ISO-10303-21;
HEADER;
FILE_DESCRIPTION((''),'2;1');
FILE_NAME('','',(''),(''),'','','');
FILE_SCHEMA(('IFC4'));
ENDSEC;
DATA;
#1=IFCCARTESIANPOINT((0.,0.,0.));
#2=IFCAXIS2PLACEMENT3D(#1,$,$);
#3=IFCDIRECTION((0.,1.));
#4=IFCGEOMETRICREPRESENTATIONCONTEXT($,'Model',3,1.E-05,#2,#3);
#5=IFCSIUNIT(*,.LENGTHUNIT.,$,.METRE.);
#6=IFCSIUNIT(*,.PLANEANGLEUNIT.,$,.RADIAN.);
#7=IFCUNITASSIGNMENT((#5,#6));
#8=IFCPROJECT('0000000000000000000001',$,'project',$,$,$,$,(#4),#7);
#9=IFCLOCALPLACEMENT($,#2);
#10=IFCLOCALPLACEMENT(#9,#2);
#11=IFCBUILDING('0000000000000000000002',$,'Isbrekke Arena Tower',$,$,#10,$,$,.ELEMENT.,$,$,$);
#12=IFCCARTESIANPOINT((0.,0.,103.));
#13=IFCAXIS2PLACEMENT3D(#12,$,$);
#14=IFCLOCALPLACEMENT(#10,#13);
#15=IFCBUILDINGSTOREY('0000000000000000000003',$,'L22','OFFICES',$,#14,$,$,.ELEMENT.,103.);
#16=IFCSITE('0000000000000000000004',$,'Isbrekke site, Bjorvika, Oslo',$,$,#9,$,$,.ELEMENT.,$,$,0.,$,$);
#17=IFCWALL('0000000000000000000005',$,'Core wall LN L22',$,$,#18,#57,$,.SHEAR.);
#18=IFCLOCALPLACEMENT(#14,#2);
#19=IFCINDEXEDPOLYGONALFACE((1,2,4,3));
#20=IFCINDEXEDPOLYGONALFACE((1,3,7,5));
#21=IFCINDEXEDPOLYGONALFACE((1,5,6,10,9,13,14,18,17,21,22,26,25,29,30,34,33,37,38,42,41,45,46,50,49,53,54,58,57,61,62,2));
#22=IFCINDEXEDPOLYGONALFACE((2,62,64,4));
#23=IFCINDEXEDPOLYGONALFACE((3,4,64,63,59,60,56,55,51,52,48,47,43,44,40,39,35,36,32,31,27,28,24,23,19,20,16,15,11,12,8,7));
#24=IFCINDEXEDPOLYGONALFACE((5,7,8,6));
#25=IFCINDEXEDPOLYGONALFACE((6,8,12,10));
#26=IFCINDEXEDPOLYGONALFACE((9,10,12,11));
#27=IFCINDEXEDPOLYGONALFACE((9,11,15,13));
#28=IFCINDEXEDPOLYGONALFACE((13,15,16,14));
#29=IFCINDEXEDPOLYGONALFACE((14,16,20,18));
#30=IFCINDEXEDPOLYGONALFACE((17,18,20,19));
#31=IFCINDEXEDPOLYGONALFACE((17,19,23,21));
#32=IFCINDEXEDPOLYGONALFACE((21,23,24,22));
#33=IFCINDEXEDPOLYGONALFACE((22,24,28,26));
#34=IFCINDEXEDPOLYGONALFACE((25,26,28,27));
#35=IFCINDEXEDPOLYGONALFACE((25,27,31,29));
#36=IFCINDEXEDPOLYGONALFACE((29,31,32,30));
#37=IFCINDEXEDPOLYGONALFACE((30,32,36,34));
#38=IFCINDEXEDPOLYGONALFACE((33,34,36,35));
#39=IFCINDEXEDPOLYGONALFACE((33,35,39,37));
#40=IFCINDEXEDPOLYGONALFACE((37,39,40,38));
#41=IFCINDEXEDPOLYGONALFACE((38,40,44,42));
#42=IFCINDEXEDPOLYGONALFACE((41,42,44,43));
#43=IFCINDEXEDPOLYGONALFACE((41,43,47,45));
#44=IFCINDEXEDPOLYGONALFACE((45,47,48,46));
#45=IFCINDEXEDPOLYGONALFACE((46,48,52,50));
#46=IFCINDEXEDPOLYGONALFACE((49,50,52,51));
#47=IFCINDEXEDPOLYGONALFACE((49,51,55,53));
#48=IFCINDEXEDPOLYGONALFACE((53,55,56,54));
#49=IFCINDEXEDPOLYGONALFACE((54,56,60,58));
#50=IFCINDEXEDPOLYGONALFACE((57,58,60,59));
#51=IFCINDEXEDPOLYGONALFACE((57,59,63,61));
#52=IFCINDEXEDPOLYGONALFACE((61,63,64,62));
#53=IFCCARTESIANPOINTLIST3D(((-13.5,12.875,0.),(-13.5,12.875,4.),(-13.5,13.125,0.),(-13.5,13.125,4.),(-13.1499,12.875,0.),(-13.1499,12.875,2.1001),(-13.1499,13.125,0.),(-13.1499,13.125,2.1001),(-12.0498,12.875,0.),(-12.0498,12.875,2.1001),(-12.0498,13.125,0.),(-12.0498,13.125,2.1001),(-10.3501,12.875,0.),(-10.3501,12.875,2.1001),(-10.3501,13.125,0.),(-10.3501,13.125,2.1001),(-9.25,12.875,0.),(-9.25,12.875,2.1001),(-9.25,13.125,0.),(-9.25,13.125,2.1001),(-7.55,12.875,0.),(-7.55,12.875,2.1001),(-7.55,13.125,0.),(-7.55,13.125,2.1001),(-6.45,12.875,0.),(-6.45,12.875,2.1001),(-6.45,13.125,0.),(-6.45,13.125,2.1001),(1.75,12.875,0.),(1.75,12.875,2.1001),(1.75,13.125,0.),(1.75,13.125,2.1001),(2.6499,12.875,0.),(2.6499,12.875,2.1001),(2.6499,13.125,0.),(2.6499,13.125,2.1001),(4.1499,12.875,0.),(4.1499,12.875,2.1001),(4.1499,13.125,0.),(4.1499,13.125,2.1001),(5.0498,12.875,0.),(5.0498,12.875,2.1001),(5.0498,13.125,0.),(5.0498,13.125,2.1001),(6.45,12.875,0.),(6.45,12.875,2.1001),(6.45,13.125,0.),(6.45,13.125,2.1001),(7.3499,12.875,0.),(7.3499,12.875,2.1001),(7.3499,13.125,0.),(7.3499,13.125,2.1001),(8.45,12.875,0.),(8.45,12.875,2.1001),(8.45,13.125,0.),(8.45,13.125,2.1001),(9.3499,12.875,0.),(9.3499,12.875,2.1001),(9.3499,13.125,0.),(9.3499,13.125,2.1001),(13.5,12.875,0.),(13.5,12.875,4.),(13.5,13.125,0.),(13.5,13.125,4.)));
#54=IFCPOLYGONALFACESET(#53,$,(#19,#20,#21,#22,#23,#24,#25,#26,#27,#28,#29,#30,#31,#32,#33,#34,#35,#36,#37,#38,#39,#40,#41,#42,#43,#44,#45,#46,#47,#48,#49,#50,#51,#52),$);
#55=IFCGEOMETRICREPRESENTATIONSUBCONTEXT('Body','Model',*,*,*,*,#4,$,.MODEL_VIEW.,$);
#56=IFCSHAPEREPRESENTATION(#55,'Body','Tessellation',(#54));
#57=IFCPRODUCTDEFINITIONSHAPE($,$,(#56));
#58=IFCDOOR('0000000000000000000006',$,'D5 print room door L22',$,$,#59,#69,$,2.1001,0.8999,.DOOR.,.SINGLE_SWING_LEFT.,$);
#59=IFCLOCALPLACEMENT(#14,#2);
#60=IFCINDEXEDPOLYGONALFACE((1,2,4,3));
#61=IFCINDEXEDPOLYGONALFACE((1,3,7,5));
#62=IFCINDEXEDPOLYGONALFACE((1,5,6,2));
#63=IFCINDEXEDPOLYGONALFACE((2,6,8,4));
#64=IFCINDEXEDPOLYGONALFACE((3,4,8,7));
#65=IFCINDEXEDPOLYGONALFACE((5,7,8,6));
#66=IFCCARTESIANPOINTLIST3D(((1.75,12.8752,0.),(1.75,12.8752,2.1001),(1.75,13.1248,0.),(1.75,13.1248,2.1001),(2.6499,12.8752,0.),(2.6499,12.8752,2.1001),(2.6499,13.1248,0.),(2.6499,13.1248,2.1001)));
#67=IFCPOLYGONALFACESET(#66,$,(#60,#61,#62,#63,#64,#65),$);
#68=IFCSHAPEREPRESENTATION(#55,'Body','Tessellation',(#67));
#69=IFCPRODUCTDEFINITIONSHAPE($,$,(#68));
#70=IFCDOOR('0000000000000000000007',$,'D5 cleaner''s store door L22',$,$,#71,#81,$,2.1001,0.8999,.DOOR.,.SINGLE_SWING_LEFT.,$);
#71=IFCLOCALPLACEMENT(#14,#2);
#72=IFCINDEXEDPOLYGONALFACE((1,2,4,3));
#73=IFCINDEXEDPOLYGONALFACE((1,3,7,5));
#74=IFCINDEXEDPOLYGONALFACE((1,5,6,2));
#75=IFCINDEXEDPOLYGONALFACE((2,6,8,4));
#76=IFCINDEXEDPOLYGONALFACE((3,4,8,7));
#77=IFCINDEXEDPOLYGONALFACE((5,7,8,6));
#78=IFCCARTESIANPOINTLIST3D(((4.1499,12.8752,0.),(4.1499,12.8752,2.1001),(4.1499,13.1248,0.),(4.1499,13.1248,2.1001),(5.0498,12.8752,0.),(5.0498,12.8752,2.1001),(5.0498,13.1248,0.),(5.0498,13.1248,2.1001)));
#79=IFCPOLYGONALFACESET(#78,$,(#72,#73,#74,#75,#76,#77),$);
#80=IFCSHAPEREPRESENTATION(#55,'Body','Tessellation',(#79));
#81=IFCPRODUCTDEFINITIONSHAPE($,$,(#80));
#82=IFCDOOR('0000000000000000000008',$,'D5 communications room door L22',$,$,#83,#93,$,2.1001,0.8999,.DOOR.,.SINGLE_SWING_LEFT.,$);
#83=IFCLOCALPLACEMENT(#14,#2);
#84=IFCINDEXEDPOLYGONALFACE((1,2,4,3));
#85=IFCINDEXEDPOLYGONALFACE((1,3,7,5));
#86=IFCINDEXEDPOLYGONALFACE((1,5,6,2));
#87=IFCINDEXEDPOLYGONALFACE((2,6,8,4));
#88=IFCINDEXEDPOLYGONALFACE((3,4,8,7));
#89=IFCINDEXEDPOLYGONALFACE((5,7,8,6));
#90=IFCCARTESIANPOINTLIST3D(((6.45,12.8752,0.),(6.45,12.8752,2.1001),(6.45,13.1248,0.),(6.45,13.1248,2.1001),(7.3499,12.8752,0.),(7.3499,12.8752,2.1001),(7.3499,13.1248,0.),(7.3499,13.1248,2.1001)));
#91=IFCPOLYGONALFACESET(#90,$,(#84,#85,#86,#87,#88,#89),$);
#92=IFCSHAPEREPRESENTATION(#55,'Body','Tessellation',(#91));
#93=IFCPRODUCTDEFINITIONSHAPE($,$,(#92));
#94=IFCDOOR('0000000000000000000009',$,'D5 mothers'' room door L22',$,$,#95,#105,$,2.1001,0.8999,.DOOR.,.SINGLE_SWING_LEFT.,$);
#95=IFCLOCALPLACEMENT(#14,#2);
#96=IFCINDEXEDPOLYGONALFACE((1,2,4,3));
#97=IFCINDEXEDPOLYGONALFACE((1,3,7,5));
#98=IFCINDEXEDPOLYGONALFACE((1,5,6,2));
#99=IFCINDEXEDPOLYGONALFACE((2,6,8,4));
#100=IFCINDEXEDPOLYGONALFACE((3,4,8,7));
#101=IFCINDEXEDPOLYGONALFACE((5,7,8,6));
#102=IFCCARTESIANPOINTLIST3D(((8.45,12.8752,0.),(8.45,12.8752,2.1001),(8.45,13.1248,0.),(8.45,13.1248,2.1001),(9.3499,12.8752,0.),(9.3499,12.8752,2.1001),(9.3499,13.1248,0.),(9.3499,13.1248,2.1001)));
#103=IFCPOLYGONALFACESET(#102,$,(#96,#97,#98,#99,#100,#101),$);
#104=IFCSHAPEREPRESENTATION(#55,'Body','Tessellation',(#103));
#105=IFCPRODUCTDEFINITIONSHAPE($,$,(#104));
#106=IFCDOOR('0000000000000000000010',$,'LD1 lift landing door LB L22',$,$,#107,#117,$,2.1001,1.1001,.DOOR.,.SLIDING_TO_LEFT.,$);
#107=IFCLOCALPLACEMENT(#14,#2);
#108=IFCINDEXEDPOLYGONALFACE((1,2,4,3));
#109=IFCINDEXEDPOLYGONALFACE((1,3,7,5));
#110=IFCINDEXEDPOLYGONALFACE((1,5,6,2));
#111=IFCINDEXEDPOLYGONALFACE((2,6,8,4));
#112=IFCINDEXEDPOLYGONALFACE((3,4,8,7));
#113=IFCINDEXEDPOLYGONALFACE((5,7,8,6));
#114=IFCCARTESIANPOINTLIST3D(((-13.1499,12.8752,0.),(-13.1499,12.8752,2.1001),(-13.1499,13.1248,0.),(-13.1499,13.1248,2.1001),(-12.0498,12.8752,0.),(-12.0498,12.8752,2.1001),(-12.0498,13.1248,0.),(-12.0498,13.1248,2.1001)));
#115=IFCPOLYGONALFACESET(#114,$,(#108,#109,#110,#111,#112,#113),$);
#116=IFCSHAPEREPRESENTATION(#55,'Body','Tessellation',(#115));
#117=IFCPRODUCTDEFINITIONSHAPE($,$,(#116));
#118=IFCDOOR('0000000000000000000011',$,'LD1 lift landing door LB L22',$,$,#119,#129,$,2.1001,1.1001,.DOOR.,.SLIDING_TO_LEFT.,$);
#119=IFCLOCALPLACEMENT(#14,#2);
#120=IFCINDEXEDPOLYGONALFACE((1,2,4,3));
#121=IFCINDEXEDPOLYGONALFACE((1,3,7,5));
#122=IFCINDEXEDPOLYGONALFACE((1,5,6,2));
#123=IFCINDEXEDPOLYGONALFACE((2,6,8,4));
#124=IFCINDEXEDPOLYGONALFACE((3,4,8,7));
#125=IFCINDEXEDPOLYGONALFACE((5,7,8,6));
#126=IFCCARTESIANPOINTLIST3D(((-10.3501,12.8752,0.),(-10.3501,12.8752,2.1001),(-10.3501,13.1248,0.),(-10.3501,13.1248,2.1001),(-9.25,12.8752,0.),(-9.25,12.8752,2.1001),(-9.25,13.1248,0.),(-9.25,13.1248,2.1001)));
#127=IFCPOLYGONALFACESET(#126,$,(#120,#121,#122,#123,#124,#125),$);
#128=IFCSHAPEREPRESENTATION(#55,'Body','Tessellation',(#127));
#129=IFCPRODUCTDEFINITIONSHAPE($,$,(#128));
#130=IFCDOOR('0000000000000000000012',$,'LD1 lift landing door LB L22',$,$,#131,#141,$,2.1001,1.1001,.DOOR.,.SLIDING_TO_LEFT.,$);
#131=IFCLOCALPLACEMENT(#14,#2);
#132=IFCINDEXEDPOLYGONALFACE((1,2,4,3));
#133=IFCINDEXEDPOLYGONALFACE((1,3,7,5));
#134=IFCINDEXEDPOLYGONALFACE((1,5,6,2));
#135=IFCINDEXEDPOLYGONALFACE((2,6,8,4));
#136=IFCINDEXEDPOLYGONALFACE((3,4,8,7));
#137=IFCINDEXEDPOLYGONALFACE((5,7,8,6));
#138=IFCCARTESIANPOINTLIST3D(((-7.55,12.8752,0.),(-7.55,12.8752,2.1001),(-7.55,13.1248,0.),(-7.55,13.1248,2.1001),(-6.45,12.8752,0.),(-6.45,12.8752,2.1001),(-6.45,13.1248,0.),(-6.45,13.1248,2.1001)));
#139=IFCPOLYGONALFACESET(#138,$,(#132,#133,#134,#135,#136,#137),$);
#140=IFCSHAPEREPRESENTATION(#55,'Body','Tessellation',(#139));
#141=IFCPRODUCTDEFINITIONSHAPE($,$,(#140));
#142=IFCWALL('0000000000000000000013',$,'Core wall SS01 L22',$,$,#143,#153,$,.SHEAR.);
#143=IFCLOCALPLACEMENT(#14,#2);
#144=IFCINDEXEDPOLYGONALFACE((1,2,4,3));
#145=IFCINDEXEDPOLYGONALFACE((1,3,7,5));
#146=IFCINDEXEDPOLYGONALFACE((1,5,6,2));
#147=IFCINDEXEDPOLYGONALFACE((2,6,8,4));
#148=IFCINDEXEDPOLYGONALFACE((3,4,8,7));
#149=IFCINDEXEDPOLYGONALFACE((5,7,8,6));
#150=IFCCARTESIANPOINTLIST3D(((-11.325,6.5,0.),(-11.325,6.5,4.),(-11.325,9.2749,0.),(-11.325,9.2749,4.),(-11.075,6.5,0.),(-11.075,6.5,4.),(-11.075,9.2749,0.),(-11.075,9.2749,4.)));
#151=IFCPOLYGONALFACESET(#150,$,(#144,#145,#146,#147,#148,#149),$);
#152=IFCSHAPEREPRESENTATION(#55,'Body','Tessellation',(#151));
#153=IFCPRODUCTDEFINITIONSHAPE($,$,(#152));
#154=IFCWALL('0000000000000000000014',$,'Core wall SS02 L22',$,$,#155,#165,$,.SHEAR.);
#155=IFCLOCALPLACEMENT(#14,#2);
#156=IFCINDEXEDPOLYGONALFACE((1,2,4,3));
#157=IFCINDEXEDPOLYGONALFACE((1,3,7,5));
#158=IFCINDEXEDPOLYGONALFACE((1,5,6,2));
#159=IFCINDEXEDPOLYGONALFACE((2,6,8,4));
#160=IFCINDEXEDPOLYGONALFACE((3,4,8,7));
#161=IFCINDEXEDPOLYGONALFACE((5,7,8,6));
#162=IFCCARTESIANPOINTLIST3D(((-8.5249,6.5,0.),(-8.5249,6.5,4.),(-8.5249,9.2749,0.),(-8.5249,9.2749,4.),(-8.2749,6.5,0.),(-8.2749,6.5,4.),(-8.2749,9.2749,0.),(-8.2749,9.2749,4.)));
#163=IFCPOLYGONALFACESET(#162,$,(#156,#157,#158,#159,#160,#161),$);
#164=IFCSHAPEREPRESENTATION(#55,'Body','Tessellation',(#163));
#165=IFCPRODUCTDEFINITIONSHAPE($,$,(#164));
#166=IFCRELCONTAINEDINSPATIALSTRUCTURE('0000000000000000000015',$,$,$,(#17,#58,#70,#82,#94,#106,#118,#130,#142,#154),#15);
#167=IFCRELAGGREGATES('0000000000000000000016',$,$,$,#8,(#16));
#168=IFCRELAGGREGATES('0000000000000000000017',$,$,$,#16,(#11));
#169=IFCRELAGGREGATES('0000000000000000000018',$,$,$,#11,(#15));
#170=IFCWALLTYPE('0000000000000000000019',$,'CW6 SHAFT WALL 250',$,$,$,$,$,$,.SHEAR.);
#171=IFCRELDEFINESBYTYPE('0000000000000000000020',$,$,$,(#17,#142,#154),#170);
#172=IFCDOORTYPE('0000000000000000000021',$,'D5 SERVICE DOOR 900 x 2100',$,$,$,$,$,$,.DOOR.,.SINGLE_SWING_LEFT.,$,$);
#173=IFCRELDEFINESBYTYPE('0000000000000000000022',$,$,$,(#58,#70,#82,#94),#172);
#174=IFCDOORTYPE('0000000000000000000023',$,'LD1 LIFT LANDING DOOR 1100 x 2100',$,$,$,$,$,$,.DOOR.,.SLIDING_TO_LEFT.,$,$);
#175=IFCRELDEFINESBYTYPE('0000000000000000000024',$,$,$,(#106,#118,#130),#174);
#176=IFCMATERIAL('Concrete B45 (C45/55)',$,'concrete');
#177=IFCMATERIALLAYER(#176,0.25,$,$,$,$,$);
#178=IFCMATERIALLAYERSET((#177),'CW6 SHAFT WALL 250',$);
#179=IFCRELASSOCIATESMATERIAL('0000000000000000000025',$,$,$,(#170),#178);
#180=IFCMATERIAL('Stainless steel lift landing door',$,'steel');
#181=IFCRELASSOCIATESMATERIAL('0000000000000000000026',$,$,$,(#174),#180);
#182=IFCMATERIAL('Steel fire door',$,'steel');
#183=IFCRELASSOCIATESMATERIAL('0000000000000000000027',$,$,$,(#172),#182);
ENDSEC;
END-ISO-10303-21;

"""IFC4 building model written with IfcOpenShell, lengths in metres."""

from ifc_helpers import new_model, si_unit, direction, frame, frame_2d, origin, place, context, subcontext, project, spatial, rectangle, extrude, material, layer, layer_set, type_object, element, fill, save


model = new_model("IFC4")

# Units and contexts
model_context = context("Model", 3, precision=1e-05, world=origin(), true_north=direction((0.0, 1.0)))
body_context = subcontext(model_context, "Body", "Model", "MODEL_VIEW")
ifc_project = project(units=[si_unit("LENGTHUNIT", "METRE"), si_unit("PLANEANGLEUNIT", "RADIAN")], contexts=[model_context])

# Site, building, storey
site_placement = place(None, origin())
site = spatial("IfcSite", under=ifc_project, at=site_placement, Name="Isbrekke site, Bjorvika, Oslo", CompositionType="ELEMENT", RefElevation=0.0)
building_placement = place(site_placement, origin())
building = spatial("IfcBuilding", under=site, at=building_placement, Name="Isbrekke Arena Tower", CompositionType="ELEMENT")
storey_placement = place(building_placement, frame((0.0, 0.0, 103.0)))
storey = spatial("IfcBuildingStorey", under=building, at=storey_placement, Name="L22", Description="OFFICES", CompositionType="ELEMENT", Elevation=103.0)

# Wall, openings, doors
ifc_material_1 = material(Name="Concrete B45 (C45/55)", Category="concrete")
ifc_layer_1 = layer(ifc_material_1, 0.25)
ifc_layer_set_1 = layer_set([ifc_layer_1], Name="CW6 SHAFT WALL 250")
wall_type_1 = type_object("IfcWallType", Name="CW6 SHAFT WALL 250", PredefinedType="SHEAR", material=ifc_layer_set_1)
ifc_material_2 = material(Name="Stainless steel lift landing door", Category="steel")
door_type_1 = type_object("IfcDoorType", Name="LD1 LIFT LANDING DOOR 1100 x 2100", OperationType="SLIDING_TO_LEFT", PredefinedType="DOOR", material=ifc_material_2)
wall_1_placement = place(storey_placement, frame((-13.5, 13.0, 0.0), z_axis=(0.0, 0.0, 1.0), x_axis=(1.0, 0.0, 0.0)))
wall_1 = element("IfcWall", 1, at=wall_1_placement, inside=storey, type_object=wall_type_1, Name="Core wall LN L22", PredefinedType="SHEAR", context=body_context, shape_type="SweptSolid", body=[
    extrude(rectangle(XDim=27.0, YDim=0.25, at=frame_2d((13.5, 0.0))), origin(), (0.0, 0.0, 1.0), 4.0),
])
opening_1_placement = place(wall_1_placement, frame((0.3501, 0.0, 0.0)))
opening_1 = element("IfcOpeningElement", 2, at=opening_1_placement, cuts=wall_1, PredefinedType="OPENING", context=body_context, shape_type="SweptSolid", body=[
    extrude(rectangle(XDim=1.1001, YDim=2.1001, at=frame_2d((0.55, 1.05))), frame((0.0, 0.1399, 0.0), z_axis=(0.0, -1.0, 0.0), x_axis=(1.0, 0.0, 0.0)), (0.0, 0.0, 1.0), 0.2798),
])
opening_2_placement = place(wall_1_placement, frame((3.1499, 0.0, 0.0)))
opening_2 = element("IfcOpeningElement", 3, at=opening_2_placement, cuts=wall_1, PredefinedType="OPENING", context=body_context, shape_type="SweptSolid", body=[
    extrude(rectangle(XDim=1.1001, YDim=2.1001, at=frame_2d((0.55, 1.05))), frame((0.0, 0.1399, 0.0), z_axis=(0.0, -1.0, 0.0), x_axis=(1.0, 0.0, 0.0)), (0.0, 0.0, 1.0), 0.2798),
])
opening_3_placement = place(wall_1_placement, frame((5.95, 0.0, 0.0)))
opening_3 = element("IfcOpeningElement", 4, at=opening_3_placement, cuts=wall_1, PredefinedType="OPENING", context=body_context, shape_type="SweptSolid", body=[
    extrude(rectangle(XDim=1.1001, YDim=2.1001, at=frame_2d((0.55, 1.05))), frame((0.0, 0.1399, 0.0), z_axis=(0.0, -1.0, 0.0), x_axis=(1.0, 0.0, 0.0)), (0.0, 0.0, 1.0), 0.2798),
])
opening_4_placement = place(wall_1_placement, frame((15.25, 0.0, 0.0)))
opening_4 = element("IfcOpeningElement", 5, at=opening_4_placement, cuts=wall_1, PredefinedType="OPENING", context=body_context, shape_type="SweptSolid", body=[
    extrude(rectangle(XDim=0.8999, YDim=2.1001, at=frame_2d((0.45, 1.05))), frame((0.0, 0.1399, 0.0), z_axis=(0.0, -1.0, 0.0), x_axis=(1.0, 0.0, 0.0)), (0.0, 0.0, 1.0), 0.2798),
])
opening_5_placement = place(wall_1_placement, frame((17.6499, 0.0, 0.0)))
opening_5 = element("IfcOpeningElement", 6, at=opening_5_placement, cuts=wall_1, PredefinedType="OPENING", context=body_context, shape_type="SweptSolid", body=[
    extrude(rectangle(XDim=0.8999, YDim=2.1001, at=frame_2d((0.45, 1.05))), frame((0.0, 0.1399, 0.0), z_axis=(0.0, -1.0, 0.0), x_axis=(1.0, 0.0, 0.0)), (0.0, 0.0, 1.0), 0.2798),
])
opening_6_placement = place(wall_1_placement, frame((19.95, 0.0, 0.0)))
opening_6 = element("IfcOpeningElement", 7, at=opening_6_placement, cuts=wall_1, PredefinedType="OPENING", context=body_context, shape_type="SweptSolid", body=[
    extrude(rectangle(XDim=0.8999, YDim=2.1001, at=frame_2d((0.45, 1.05))), frame((0.0, 0.1399, 0.0), z_axis=(0.0, -1.0, 0.0), x_axis=(1.0, 0.0, 0.0)), (0.0, 0.0, 1.0), 0.2798),
])
opening_7_placement = place(wall_1_placement, frame((21.95, 0.0, 0.0)))
opening_7 = element("IfcOpeningElement", 8, at=opening_7_placement, cuts=wall_1, PredefinedType="OPENING", context=body_context, shape_type="SweptSolid", body=[
    extrude(rectangle(XDim=0.8999, YDim=2.1001, at=frame_2d((0.45, 1.05))), frame((0.0, 0.1399, 0.0), z_axis=(0.0, -1.0, 0.0), x_axis=(1.0, 0.0, 0.0)), (0.0, 0.0, 1.0), 0.2798),
])
ifc_material_3 = material(Name="Steel fire door", Category="steel")
door_type_2 = type_object("IfcDoorType", Name="D5 SERVICE DOOR 900 x 2100", OperationType="SINGLE_SWING_LEFT", PredefinedType="DOOR", material=ifc_material_3)
door_1_placement = place(opening_4_placement, origin())
door_1 = element("IfcDoor", 9, at=door_1_placement, inside=storey, type_object=door_type_2, Name="D5 print room door L22", OperationType="SINGLE_SWING_LEFT", OverallHeight=2.1001, OverallWidth=0.8999, PredefinedType="DOOR", context=body_context, shape_type="SweptSolid", body=[
    extrude(rectangle(XDim=0.8999, YDim=2.1001, at=frame_2d((0.45, 1.05))), frame((0.0, 0.1248, 0.0), z_axis=(0.0, -1.0, 0.0), x_axis=(1.0, 0.0, 0.0)), (0.0, 0.0, 1.0), 0.2495),
])
fill(opening_4, door_1)
door_2_placement = place(opening_5_placement, origin())
door_2 = element("IfcDoor", 10, at=door_2_placement, inside=storey, type_object=door_type_2, Name="D5 cleaner's store door L22", OperationType="SINGLE_SWING_LEFT", OverallHeight=2.1001, OverallWidth=0.8999, PredefinedType="DOOR", context=body_context, shape_type="SweptSolid", body=[
    extrude(rectangle(XDim=0.8999, YDim=2.1001, at=frame_2d((0.45, 1.05))), frame((0.0, 0.1248, 0.0), z_axis=(0.0, -1.0, 0.0), x_axis=(1.0, 0.0, 0.0)), (0.0, 0.0, 1.0), 0.2495),
])
fill(opening_5, door_2)
door_3_placement = place(opening_6_placement, origin())
door_3 = element("IfcDoor", 11, at=door_3_placement, inside=storey, type_object=door_type_2, Name="D5 communications room door L22", OperationType="SINGLE_SWING_LEFT", OverallHeight=2.1001, OverallWidth=0.8999, PredefinedType="DOOR", context=body_context, shape_type="SweptSolid", body=[
    extrude(rectangle(XDim=0.8999, YDim=2.1001, at=frame_2d((0.45, 1.05))), frame((0.0, 0.1248, 0.0), z_axis=(0.0, -1.0, 0.0), x_axis=(1.0, 0.0, 0.0)), (0.0, 0.0, 1.0), 0.2495),
])
fill(opening_6, door_3)
door_4_placement = place(opening_7_placement, origin())
door_4 = element("IfcDoor", 12, at=door_4_placement, inside=storey, type_object=door_type_2, Name="D5 mothers' room door L22", OperationType="SINGLE_SWING_LEFT", OverallHeight=2.1001, OverallWidth=0.8999, PredefinedType="DOOR", context=body_context, shape_type="SweptSolid", body=[
    extrude(rectangle(XDim=0.8999, YDim=2.1001, at=frame_2d((0.45, 1.05))), frame((0.0, 0.1248, 0.0), z_axis=(0.0, -1.0, 0.0), x_axis=(1.0, 0.0, 0.0)), (0.0, 0.0, 1.0), 0.2495),
])
fill(opening_7, door_4)
door_5_placement = place(opening_1_placement, origin())
door_5 = element("IfcDoor", 13, at=door_5_placement, inside=storey, type_object=door_type_1, Name="LD1 lift landing door LB L22", OperationType="SLIDING_TO_LEFT", OverallHeight=2.1001, OverallWidth=1.1001, PredefinedType="DOOR", context=body_context, shape_type="SweptSolid", body=[
    extrude(rectangle(XDim=1.1001, YDim=2.1001, at=frame_2d((0.55, 1.05))), frame((0.0, 0.1248, 0.0), z_axis=(0.0, -1.0, 0.0), x_axis=(1.0, 0.0, 0.0)), (0.0, 0.0, 1.0), 0.2495),
])
fill(opening_1, door_5)
door_6_placement = place(opening_2_placement, origin())
door_6 = element("IfcDoor", 14, at=door_6_placement, inside=storey, type_object=door_type_1, Name="LD1 lift landing door LB L22", OperationType="SLIDING_TO_LEFT", OverallHeight=2.1001, OverallWidth=1.1001, PredefinedType="DOOR", context=body_context, shape_type="SweptSolid", body=[
    extrude(rectangle(XDim=1.1001, YDim=2.1001, at=frame_2d((0.55, 1.05))), frame((0.0, 0.1248, 0.0), z_axis=(0.0, -1.0, 0.0), x_axis=(1.0, 0.0, 0.0)), (0.0, 0.0, 1.0), 0.2495),
])
fill(opening_2, door_6)
door_7_placement = place(opening_3_placement, origin())
door_7 = element("IfcDoor", 15, at=door_7_placement, inside=storey, type_object=door_type_1, Name="LD1 lift landing door LB L22", OperationType="SLIDING_TO_LEFT", OverallHeight=2.1001, OverallWidth=1.1001, PredefinedType="DOOR", context=body_context, shape_type="SweptSolid", body=[
    extrude(rectangle(XDim=1.1001, YDim=2.1001, at=frame_2d((0.55, 1.05))), frame((0.0, 0.1248, 0.0), z_axis=(0.0, -1.0, 0.0), x_axis=(1.0, 0.0, 0.0)), (0.0, 0.0, 1.0), 0.2495),
])
fill(opening_3, door_7)

# Walls
for number, where, z_axis, x_axis, name in (
    (16, (-11.2, 6.5, 0.0), (0.0, 0.0, 1.0), (0.0, 1.0, 0.0), "Core wall SS01 L22"),
    (17, (-8.3999, 6.5, 0.0), (0.0, 0.0, 1.0), (0.0, 1.0, 0.0), "Core wall SS02 L22"),
):
    element("IfcWall", number, at=place(storey_placement, frame(where, z_axis=z_axis, x_axis=x_axis)), inside=storey, type_object=wall_type_1, Name=name, PredefinedType="SHEAR", context=body_context, shape_type="SweptSolid", body=[
        extrude(rectangle(XDim=2.7749, YDim=0.25, at=frame_2d((1.3875, 0.0))), origin(), (0.0, 0.0, 1.0), 4.0),
    ])

save(model, "model.ifc")
